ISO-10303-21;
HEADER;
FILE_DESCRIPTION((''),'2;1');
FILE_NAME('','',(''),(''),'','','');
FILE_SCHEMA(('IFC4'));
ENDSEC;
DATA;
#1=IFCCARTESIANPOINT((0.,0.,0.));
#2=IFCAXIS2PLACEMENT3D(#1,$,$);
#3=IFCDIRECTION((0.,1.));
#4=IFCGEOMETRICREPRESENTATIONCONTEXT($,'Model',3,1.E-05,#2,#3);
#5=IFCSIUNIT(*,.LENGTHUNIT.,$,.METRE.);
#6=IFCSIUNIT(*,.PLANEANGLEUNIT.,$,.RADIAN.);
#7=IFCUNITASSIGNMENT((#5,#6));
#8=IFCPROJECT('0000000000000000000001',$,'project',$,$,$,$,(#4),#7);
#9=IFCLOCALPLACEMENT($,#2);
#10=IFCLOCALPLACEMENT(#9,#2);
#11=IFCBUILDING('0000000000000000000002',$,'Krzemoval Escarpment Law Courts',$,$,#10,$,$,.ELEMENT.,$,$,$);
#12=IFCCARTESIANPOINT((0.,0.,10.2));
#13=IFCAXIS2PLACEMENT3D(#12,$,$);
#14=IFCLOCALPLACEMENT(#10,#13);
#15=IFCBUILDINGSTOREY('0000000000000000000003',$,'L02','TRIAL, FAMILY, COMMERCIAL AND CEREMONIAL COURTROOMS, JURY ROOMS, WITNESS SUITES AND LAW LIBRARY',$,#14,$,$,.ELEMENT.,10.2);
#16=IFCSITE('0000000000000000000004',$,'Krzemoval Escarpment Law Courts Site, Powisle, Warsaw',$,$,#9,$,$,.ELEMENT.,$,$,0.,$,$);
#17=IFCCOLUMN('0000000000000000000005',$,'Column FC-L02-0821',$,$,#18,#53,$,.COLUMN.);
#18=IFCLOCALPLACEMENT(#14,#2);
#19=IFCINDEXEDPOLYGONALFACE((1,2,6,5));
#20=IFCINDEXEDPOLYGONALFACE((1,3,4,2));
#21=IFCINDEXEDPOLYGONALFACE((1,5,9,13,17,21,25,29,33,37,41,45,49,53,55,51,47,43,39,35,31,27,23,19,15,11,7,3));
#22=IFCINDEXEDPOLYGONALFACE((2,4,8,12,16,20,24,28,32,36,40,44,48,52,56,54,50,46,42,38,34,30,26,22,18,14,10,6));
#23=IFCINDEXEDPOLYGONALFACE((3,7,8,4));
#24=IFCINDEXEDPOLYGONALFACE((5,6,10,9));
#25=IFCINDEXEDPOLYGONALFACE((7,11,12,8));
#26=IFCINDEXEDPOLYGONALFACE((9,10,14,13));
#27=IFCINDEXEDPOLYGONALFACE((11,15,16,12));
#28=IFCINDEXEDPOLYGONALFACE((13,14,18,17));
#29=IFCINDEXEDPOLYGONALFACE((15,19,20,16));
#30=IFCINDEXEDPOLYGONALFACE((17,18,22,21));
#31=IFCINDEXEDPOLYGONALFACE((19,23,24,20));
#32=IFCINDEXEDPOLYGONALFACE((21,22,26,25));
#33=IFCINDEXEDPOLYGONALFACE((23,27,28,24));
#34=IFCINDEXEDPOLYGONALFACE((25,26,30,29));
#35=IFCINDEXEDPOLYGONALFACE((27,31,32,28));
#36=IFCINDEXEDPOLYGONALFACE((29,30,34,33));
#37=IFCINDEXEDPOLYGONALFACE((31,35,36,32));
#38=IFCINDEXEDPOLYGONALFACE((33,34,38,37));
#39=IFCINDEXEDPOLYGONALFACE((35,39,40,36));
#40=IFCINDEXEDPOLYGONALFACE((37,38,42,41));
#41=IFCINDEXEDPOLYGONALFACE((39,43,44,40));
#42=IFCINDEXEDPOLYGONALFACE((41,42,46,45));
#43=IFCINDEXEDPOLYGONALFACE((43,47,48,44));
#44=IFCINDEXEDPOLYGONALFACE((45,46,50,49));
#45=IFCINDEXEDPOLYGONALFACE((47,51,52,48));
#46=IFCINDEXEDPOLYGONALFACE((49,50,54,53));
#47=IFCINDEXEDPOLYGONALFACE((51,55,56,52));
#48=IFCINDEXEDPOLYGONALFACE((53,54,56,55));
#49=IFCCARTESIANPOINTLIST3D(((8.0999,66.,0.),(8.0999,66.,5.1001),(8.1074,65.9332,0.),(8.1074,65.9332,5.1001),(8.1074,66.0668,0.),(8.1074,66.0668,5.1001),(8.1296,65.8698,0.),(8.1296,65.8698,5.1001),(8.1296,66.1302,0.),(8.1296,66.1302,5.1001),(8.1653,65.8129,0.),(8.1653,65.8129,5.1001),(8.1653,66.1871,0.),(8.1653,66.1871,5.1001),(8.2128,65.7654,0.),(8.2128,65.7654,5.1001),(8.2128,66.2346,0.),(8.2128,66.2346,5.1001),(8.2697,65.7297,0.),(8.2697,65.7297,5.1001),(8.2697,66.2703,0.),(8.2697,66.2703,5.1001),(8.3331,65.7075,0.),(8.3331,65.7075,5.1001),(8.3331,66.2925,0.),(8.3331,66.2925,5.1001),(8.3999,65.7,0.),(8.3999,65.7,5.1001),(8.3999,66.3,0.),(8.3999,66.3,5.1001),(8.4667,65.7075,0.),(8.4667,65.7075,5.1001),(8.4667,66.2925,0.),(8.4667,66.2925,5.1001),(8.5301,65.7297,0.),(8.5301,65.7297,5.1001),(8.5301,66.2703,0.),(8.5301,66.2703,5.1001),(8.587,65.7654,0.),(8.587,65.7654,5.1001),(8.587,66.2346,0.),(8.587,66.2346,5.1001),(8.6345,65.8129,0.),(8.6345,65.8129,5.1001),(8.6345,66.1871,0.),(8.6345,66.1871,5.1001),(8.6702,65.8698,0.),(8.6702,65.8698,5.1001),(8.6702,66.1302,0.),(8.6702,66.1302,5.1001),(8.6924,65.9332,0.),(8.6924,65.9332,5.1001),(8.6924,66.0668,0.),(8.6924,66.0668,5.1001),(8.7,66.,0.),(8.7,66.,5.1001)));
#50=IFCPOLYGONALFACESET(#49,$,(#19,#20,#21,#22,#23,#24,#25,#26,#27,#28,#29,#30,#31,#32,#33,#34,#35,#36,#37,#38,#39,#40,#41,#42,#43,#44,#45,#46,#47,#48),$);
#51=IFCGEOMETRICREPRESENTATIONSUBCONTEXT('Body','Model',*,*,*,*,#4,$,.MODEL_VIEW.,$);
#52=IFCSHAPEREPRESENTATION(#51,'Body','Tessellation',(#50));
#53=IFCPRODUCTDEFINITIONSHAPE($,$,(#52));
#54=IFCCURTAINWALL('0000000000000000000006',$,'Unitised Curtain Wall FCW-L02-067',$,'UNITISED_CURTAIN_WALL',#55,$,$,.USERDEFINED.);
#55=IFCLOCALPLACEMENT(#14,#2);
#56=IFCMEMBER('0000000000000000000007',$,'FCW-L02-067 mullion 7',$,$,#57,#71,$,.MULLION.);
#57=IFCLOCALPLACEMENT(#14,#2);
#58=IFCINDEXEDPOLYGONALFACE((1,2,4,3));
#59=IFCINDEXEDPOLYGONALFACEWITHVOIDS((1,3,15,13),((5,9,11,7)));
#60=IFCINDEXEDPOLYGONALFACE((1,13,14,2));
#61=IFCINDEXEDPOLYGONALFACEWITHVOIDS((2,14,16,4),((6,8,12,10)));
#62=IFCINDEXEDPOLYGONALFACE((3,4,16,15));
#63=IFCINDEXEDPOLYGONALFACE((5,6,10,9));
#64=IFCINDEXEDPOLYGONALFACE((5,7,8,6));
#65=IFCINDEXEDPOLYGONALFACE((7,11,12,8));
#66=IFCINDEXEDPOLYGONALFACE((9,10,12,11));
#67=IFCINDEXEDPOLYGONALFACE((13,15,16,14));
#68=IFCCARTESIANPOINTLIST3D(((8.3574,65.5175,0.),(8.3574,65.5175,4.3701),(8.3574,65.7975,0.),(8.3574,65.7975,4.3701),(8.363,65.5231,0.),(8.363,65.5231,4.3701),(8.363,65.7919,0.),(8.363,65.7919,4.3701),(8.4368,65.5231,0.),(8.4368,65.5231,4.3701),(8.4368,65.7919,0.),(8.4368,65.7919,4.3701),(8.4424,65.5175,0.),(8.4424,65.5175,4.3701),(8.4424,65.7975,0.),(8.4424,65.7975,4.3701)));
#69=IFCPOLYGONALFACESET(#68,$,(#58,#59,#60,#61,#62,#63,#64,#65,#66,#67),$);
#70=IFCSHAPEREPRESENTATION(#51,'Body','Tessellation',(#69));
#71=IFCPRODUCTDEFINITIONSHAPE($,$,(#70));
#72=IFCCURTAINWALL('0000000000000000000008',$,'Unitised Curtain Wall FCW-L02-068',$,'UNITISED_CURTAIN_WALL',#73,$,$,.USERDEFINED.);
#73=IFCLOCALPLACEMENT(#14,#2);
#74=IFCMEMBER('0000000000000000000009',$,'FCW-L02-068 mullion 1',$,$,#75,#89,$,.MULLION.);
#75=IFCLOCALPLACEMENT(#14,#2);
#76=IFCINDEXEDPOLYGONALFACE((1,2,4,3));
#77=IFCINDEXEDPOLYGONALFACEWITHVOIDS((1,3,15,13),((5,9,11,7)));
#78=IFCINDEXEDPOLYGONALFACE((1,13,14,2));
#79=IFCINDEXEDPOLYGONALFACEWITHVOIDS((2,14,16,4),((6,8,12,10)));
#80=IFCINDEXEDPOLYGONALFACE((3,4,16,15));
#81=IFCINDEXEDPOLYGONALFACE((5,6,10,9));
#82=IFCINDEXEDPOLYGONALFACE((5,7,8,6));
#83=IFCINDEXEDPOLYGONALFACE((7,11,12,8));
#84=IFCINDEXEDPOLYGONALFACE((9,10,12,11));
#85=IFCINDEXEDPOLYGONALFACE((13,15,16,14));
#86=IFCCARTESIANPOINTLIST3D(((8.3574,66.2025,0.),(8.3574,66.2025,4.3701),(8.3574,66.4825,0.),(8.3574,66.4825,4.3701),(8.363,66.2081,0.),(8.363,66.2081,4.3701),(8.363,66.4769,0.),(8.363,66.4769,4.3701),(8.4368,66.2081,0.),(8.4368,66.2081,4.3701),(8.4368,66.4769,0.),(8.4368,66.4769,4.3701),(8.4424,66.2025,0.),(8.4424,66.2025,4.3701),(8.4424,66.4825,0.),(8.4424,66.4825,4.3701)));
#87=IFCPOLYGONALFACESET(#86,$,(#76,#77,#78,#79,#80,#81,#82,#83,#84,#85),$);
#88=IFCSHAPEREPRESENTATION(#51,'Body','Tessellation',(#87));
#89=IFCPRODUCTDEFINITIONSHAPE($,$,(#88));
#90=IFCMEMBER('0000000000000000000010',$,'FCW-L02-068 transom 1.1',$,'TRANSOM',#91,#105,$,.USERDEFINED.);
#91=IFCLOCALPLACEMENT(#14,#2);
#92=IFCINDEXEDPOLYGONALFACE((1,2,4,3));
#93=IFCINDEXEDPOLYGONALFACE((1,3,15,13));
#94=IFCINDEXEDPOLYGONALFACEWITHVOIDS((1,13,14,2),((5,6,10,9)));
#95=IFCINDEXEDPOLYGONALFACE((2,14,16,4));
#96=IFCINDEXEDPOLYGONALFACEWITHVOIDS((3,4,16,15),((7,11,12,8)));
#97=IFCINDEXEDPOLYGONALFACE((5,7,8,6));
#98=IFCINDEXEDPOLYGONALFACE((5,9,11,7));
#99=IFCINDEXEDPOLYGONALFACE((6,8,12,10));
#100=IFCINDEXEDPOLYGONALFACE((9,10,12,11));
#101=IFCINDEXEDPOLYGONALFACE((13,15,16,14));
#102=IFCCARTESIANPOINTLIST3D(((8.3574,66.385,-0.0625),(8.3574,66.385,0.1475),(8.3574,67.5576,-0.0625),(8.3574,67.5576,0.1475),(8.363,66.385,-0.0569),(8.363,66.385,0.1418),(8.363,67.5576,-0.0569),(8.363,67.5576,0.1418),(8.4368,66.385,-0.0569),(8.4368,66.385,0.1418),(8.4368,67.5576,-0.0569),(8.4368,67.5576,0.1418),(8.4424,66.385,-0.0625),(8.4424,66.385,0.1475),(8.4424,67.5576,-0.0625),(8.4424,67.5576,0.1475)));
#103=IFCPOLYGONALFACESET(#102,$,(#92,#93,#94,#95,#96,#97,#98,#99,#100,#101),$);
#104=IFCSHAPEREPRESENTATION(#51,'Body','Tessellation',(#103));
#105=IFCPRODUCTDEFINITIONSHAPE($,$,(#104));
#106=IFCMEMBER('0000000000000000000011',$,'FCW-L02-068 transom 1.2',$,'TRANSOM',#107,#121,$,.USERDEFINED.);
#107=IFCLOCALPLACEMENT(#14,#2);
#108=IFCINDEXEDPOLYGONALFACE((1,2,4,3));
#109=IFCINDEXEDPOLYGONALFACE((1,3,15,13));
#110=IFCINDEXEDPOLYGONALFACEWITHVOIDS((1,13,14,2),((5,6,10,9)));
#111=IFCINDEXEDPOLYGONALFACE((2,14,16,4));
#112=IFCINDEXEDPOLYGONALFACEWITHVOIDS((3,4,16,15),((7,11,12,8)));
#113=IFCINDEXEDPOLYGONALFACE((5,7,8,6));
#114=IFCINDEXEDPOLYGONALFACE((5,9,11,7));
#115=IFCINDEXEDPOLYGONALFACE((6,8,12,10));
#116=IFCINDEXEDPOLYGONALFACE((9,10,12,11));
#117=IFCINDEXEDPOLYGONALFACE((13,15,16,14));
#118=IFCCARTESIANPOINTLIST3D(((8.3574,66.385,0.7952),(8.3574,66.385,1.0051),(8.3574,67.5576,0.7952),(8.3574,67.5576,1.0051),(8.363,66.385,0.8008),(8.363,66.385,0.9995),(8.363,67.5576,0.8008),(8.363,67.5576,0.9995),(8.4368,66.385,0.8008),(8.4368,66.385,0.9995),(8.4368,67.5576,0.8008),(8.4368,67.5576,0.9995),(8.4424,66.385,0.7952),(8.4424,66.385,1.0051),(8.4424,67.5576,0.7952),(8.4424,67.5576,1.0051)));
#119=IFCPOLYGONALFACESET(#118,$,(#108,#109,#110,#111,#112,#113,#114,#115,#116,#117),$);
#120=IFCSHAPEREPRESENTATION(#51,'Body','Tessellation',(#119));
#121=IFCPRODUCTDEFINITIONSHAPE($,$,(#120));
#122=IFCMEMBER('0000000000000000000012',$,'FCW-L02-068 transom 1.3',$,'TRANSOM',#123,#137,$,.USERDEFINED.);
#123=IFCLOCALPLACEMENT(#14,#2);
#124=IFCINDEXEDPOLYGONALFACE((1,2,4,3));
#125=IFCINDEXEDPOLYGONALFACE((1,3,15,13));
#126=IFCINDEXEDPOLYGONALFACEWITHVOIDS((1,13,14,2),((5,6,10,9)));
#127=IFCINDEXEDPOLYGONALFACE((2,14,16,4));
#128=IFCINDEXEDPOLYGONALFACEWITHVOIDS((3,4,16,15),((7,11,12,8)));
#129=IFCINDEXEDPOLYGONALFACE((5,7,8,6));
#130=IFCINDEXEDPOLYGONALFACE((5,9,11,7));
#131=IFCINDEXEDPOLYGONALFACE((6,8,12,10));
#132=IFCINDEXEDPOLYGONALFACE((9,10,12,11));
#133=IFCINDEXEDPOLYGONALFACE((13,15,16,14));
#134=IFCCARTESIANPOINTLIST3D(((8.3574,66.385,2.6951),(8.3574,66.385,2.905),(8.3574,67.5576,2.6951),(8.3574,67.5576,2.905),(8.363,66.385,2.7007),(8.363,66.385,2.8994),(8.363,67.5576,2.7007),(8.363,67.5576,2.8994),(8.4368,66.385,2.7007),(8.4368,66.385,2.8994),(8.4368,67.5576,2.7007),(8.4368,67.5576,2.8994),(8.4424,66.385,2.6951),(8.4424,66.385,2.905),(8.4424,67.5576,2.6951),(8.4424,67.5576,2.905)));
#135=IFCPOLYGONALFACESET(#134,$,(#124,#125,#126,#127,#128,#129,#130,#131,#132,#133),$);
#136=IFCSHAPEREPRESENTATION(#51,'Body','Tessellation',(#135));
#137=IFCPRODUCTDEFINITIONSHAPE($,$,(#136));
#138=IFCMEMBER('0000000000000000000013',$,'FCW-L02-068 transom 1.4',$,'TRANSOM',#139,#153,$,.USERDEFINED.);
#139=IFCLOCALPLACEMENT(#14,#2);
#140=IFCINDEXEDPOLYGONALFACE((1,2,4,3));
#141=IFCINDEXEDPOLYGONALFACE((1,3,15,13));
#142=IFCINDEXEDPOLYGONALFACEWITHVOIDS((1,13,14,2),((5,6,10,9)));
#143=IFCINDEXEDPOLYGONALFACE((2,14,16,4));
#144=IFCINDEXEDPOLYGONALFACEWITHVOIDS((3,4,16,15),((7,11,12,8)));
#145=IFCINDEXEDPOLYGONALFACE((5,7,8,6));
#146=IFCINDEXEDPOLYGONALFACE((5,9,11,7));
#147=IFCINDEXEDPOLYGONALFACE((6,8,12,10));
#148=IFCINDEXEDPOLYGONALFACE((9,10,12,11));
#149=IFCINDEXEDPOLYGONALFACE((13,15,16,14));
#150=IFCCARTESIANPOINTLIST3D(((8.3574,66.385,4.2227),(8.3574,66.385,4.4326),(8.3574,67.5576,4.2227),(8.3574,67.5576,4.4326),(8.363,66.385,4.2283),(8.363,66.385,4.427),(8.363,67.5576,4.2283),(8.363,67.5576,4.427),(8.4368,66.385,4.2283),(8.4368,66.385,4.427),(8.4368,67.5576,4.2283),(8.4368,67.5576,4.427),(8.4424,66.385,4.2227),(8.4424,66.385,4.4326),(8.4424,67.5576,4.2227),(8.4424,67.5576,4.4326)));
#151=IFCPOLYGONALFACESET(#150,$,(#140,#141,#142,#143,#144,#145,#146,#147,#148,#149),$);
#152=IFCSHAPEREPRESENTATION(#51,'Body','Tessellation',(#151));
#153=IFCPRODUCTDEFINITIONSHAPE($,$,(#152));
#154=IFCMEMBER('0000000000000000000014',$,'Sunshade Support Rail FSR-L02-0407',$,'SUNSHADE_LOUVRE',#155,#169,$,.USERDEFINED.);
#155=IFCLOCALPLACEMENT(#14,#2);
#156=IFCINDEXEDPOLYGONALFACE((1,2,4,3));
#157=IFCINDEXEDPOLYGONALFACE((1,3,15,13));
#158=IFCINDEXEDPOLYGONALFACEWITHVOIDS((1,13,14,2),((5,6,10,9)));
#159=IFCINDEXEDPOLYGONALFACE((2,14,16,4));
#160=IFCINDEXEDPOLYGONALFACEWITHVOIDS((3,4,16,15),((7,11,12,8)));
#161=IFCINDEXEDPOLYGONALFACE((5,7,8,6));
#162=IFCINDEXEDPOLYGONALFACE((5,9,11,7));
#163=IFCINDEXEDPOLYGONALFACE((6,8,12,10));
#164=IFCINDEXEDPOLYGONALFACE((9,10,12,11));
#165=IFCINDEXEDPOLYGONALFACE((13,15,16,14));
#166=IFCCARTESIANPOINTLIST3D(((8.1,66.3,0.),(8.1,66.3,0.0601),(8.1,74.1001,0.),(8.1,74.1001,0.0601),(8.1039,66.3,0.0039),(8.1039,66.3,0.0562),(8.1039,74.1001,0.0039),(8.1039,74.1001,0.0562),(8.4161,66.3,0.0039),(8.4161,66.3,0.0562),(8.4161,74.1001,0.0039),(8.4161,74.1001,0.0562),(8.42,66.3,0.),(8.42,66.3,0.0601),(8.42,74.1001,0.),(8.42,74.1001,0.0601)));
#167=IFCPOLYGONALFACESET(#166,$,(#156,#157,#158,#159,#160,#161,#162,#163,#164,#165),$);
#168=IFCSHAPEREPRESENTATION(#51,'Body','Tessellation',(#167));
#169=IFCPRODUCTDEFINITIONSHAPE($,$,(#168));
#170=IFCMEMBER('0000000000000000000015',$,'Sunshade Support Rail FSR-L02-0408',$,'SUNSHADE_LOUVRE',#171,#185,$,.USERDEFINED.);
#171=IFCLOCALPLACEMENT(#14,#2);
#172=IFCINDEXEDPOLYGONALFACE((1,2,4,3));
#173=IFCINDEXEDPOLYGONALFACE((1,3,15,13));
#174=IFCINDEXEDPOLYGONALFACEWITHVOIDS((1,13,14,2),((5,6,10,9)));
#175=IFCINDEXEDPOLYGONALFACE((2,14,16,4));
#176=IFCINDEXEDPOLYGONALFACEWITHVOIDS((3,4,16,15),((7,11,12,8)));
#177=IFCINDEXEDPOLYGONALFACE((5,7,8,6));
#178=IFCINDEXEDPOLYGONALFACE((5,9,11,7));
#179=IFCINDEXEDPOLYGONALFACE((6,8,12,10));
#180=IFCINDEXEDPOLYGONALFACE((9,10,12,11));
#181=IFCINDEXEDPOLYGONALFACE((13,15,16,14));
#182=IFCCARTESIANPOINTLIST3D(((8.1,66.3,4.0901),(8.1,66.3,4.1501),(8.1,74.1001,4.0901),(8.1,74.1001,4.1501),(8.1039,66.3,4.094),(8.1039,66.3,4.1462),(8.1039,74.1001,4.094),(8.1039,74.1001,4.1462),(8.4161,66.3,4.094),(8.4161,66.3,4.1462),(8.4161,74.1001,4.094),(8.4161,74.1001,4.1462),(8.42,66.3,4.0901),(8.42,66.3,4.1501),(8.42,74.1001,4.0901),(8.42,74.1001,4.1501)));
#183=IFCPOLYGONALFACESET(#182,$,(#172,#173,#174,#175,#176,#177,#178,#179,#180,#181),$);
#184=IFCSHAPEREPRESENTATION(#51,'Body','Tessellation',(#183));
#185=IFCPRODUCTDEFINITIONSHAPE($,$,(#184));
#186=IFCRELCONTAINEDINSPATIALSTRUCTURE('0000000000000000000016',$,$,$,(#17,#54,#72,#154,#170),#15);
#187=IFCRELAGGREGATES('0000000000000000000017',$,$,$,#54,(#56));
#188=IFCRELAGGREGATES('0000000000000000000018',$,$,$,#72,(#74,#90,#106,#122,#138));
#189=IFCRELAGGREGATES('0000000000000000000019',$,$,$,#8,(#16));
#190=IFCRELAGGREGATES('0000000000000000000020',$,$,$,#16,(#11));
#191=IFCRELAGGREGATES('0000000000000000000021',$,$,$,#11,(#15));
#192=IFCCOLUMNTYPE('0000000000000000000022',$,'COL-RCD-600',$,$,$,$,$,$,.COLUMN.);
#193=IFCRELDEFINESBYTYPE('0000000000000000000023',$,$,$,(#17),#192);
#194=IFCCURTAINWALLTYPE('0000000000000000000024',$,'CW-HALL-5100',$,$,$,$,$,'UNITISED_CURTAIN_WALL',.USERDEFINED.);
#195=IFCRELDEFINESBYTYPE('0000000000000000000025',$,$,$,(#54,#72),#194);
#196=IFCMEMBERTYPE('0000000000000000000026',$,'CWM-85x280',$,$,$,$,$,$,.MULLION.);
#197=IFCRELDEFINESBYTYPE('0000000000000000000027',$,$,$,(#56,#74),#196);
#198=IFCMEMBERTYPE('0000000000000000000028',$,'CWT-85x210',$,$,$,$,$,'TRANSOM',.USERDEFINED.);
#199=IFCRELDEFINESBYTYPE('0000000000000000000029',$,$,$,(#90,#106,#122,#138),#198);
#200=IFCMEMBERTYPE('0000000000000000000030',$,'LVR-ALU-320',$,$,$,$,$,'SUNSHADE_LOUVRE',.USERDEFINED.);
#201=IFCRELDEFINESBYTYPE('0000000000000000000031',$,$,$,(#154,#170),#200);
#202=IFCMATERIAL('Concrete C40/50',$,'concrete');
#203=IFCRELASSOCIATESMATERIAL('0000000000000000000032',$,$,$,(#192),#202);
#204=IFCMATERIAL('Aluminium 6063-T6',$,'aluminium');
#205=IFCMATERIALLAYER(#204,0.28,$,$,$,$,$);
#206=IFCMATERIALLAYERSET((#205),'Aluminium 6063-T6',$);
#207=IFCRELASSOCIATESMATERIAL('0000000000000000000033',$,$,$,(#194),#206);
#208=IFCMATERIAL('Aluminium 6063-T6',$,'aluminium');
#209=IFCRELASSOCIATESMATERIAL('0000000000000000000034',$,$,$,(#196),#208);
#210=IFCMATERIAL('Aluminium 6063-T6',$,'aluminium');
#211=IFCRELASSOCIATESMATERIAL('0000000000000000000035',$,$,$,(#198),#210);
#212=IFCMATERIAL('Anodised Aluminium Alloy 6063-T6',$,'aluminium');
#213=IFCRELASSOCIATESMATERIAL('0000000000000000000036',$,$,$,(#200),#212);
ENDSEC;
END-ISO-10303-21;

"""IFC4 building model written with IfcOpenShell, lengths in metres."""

from ifc_helpers import new_model, si_unit, direction, frame, origin, origin_2d, place, context, subcontext, project, spatial, hollow_rectangle, circle, extrude, material, layer, layer_set, material_profile, profile_set, type_object, element, aggregate, save


model = new_model("IFC4")

# Units and contexts
model_context = context("Model", 3, precision=1e-05, world=origin(), true_north=direction((0.0, 1.0)))
body_context = subcontext(model_context, "Body", "Model", "MODEL_VIEW")
ifc_project = project(units=[si_unit("LENGTHUNIT", "METRE"), si_unit("PLANEANGLEUNIT", "RADIAN")], contexts=[model_context])

# Site, building, storey
site_placement = place(None, origin())
site = spatial("IfcSite", under=ifc_project, at=site_placement, Name="Krzemoval Escarpment Law Courts Site, Powisle, Warsaw", CompositionType="ELEMENT", RefElevation=0.0)
building_placement = place(site_placement, origin())
building = spatial("IfcBuilding", under=site, at=building_placement, Name="Krzemoval Escarpment Law Courts", CompositionType="ELEMENT")
storey_placement = place(building_placement, frame((0.0, 0.0, 10.2)))
storey = spatial("IfcBuildingStorey", under=building, at=storey_placement, Name="L02", Description="TRIAL, FAMILY, COMMERCIAL AND CEREMONIAL COURTROOMS, JURY ROOMS, WITNESS SUITES AND LAW LIBRARY", CompositionType="ELEMENT", Elevation=10.2)

# Column
ifc_material_1 = material(Name="Concrete C40/50", Category="concrete")
ifc_material_profile_1 = material_profile(ifc_material_1, circle(Radius=0.3, at=origin_2d()), Name="RC D600")
ifc_profile_set_1 = profile_set([ifc_material_profile_1], Name="Concrete C40/50")
column_type = type_object("IfcColumnType", Name="COL-RCD-600", PredefinedType="COLUMN", material=ifc_profile_set_1)
column_placement = place(storey_placement, frame((8.3999, 66.0, 0.0), z_axis=(0.0, 0.0, 1.0), x_axis=(1.0, 0.0, 0.0)))
element("IfcColumn", 1, at=column_placement, inside=storey, type_object=column_type, Name="Column FC-L02-0821", PredefinedType="COLUMN", context=body_context, shape_type="SweptSolid", body=[
    extrude(circle(Radius=0.3, at=origin_2d()), origin(), (0.0, 0.0, 1.0), 5.1001),
])

# Curtain wall, member
ifc_material_2 = material(Name="Aluminium 6063-T6", Category="aluminium")
ifc_layer_1 = layer(ifc_material_2, 0.28)
ifc_layer_set_1 = layer_set([ifc_layer_1], Name="Aluminium 6063-T6")
curtain_wall_type = type_object("IfcCurtainWallType", Name="CW-HALL-5100", ElementType="UNITISED_CURTAIN_WALL", PredefinedType="USERDEFINED", material=ifc_layer_set_1)
curtain_wall_1_placement = place(storey_placement, origin())
curtain_wall_1 = element("IfcCurtainWall", 2, at=curtain_wall_1_placement, inside=storey, type_object=curtain_wall_type, Name="Unitised Curtain Wall FCW-L02-067", ObjectType="UNITISED_CURTAIN_WALL", PredefinedType="USERDEFINED")
ifc_material_3 = material(Name="Aluminium 6063-T6", Category="aluminium")
ifc_material_profile_2 = material_profile(ifc_material_3, hollow_rectangle(XDim=0.085, YDim=0.28, WallThickness=0.0056, at=origin_2d()), Name="ALU M85x280")
ifc_profile_set_2 = profile_set([ifc_material_profile_2], Name="Aluminium 6063-T6")
member_type_1 = type_object("IfcMemberType", Name="CWM-85x280", PredefinedType="MULLION", material=ifc_profile_set_2)
member_1_placement = place(storey_placement, frame((8.3999, 65.6575, 0.0), z_axis=(0.0, 0.0, 1.0), x_axis=(-1.0, 0.0, 0.0)))
member_1 = element("IfcMember", 3, at=member_1_placement, type_object=member_type_1, Name="FCW-L02-067 mullion 7", PredefinedType="MULLION", context=body_context, shape_type="SweptSolid", body=[
    extrude(hollow_rectangle(XDim=0.085, YDim=0.28, WallThickness=0.0056, at=origin_2d()), origin(), (0.0, 0.0, 1.0), 4.3701),
])

# Curtain wall, members
curtain_wall_2_placement = place(storey_placement, origin())
curtain_wall_2 = element("IfcCurtainWall", 4, at=curtain_wall_2_placement, inside=storey, type_object=curtain_wall_type, Name="Unitised Curtain Wall FCW-L02-068", ObjectType="UNITISED_CURTAIN_WALL", PredefinedType="USERDEFINED")
member_2_placement = place(storey_placement, frame((8.3999, 66.3425, 0.0), z_axis=(0.0, 0.0, 1.0), x_axis=(-1.0, 0.0, 0.0)))
member_2 = element("IfcMember", 5, at=member_2_placement, type_object=member_type_1, Name="FCW-L02-068 mullion 1", PredefinedType="MULLION", context=body_context, shape_type="SweptSolid", body=[
    extrude(hollow_rectangle(XDim=0.085, YDim=0.28, WallThickness=0.0056, at=origin_2d()), origin(), (0.0, 0.0, 1.0), 4.3701),
])
ifc_material_4 = material(Name="Aluminium 6063-T6", Category="aluminium")
ifc_material_profile_3 = material_profile(ifc_material_4, hollow_rectangle(XDim=0.085, YDim=0.21, WallThickness=0.0056, at=origin_2d()), Name="ALU T85x210")
ifc_profile_set_3 = profile_set([ifc_material_profile_3], Name="Aluminium 6063-T6")
member_type_2 = type_object("IfcMemberType", Name="CWT-85x210", ElementType="TRANSOM", PredefinedType="USERDEFINED", material=ifc_profile_set_3)
member_3_placement = place(storey_placement, frame((8.3999, 66.385, 0.0425), z_axis=(0.0, 1.0, 0.0), x_axis=(-1.0, 0.0, 0.0)))
member_3 = element("IfcMember", 6, at=member_3_placement, type_object=member_type_2, Name="FCW-L02-068 transom 1.1", ObjectType="TRANSOM", PredefinedType="USERDEFINED", context=body_context, shape_type="SweptSolid", body=[
    extrude(hollow_rectangle(XDim=0.085, YDim=0.21, WallThickness=0.0056, at=origin_2d()), origin(), (0.0, 0.0, 1.0), 1.1726),
])
member_4_placement = place(storey_placement, frame((8.3999, 66.385, 0.9001), z_axis=(0.0, 1.0, 0.0), x_axis=(-1.0, 0.0, 0.0)))
member_4 = element("IfcMember", 7, at=member_4_placement, type_object=member_type_2, Name="FCW-L02-068 transom 1.2", ObjectType="TRANSOM", PredefinedType="USERDEFINED", context=body_context, shape_type="SweptSolid", body=[
    extrude(hollow_rectangle(XDim=0.085, YDim=0.21, WallThickness=0.0056, at=origin_2d()), origin(), (0.0, 0.0, 1.0), 1.1726),
])
member_5_placement = place(storey_placement, frame((8.3999, 66.385, 2.8), z_axis=(0.0, 1.0, 0.0), x_axis=(-1.0, 0.0, 0.0)))
member_5 = element("IfcMember", 8, at=member_5_placement, type_object=member_type_2, Name="FCW-L02-068 transom 1.3", ObjectType="TRANSOM", PredefinedType="USERDEFINED", context=body_context, shape_type="SweptSolid", body=[
    extrude(hollow_rectangle(XDim=0.085, YDim=0.21, WallThickness=0.0056, at=origin_2d()), origin(), (0.0, 0.0, 1.0), 1.1726),
])
member_6_placement = place(storey_placement, frame((8.3999, 66.385, 4.3276), z_axis=(0.0, 1.0, 0.0), x_axis=(-1.0, 0.0, 0.0)))
member_6 = element("IfcMember", 9, at=member_6_placement, type_object=member_type_2, Name="FCW-L02-068 transom 1.4", ObjectType="TRANSOM", PredefinedType="USERDEFINED", context=body_context, shape_type="SweptSolid", body=[
    extrude(hollow_rectangle(XDim=0.085, YDim=0.21, WallThickness=0.0056, at=origin_2d()), origin(), (0.0, 0.0, 1.0), 1.1726),
])

# Members
ifc_material_5 = material(Name="Anodised Aluminium Alloy 6063-T6", Category="aluminium")
ifc_material_profile_4 = material_profile(ifc_material_5, hollow_rectangle(XDim=0.0601, YDim=0.3201, WallThickness=0.0039, at=origin_2d()), Name="ALU LVR 60x320")
ifc_profile_set_4 = profile_set([ifc_material_profile_4], Name="Anodised Aluminium Alloy 6063-T6")
member_type_3 = type_object("IfcMemberType", Name="LVR-ALU-320", ElementType="SUNSHADE_LOUVRE", PredefinedType="USERDEFINED", material=ifc_profile_set_4)
for number, where, z_axis, x_axis, name in (
    (10, (8.26, 66.3, 0.03), (0.0, 1.0, 0.0), (0.0, 0.0, 1.0), "Sunshade Support Rail FSR-L02-0407"),
    (11, (8.26, 66.3, 4.1201), (0.0, 1.0, 0.0), (0.0, 0.0, 1.0), "Sunshade Support Rail FSR-L02-0408"),
):
    element("IfcMember", number, at=place(storey_placement, frame(where, z_axis=z_axis, x_axis=x_axis)), inside=storey, type_object=member_type_3, Name=name, ObjectType="SUNSHADE_LOUVRE", PredefinedType="USERDEFINED", context=body_context, shape_type="SweptSolid", body=[
        extrude(hollow_rectangle(XDim=0.0601, YDim=0.3201, WallThickness=0.0039, at=origin_2d()), origin(), (0.0, 0.0, 1.0), 7.8),
    ])

aggregate(curtain_wall_1, [member_1])
aggregate(curtain_wall_2, [member_2, member_3, member_4, member_5, member_6])

save(model, "model.ifc")
